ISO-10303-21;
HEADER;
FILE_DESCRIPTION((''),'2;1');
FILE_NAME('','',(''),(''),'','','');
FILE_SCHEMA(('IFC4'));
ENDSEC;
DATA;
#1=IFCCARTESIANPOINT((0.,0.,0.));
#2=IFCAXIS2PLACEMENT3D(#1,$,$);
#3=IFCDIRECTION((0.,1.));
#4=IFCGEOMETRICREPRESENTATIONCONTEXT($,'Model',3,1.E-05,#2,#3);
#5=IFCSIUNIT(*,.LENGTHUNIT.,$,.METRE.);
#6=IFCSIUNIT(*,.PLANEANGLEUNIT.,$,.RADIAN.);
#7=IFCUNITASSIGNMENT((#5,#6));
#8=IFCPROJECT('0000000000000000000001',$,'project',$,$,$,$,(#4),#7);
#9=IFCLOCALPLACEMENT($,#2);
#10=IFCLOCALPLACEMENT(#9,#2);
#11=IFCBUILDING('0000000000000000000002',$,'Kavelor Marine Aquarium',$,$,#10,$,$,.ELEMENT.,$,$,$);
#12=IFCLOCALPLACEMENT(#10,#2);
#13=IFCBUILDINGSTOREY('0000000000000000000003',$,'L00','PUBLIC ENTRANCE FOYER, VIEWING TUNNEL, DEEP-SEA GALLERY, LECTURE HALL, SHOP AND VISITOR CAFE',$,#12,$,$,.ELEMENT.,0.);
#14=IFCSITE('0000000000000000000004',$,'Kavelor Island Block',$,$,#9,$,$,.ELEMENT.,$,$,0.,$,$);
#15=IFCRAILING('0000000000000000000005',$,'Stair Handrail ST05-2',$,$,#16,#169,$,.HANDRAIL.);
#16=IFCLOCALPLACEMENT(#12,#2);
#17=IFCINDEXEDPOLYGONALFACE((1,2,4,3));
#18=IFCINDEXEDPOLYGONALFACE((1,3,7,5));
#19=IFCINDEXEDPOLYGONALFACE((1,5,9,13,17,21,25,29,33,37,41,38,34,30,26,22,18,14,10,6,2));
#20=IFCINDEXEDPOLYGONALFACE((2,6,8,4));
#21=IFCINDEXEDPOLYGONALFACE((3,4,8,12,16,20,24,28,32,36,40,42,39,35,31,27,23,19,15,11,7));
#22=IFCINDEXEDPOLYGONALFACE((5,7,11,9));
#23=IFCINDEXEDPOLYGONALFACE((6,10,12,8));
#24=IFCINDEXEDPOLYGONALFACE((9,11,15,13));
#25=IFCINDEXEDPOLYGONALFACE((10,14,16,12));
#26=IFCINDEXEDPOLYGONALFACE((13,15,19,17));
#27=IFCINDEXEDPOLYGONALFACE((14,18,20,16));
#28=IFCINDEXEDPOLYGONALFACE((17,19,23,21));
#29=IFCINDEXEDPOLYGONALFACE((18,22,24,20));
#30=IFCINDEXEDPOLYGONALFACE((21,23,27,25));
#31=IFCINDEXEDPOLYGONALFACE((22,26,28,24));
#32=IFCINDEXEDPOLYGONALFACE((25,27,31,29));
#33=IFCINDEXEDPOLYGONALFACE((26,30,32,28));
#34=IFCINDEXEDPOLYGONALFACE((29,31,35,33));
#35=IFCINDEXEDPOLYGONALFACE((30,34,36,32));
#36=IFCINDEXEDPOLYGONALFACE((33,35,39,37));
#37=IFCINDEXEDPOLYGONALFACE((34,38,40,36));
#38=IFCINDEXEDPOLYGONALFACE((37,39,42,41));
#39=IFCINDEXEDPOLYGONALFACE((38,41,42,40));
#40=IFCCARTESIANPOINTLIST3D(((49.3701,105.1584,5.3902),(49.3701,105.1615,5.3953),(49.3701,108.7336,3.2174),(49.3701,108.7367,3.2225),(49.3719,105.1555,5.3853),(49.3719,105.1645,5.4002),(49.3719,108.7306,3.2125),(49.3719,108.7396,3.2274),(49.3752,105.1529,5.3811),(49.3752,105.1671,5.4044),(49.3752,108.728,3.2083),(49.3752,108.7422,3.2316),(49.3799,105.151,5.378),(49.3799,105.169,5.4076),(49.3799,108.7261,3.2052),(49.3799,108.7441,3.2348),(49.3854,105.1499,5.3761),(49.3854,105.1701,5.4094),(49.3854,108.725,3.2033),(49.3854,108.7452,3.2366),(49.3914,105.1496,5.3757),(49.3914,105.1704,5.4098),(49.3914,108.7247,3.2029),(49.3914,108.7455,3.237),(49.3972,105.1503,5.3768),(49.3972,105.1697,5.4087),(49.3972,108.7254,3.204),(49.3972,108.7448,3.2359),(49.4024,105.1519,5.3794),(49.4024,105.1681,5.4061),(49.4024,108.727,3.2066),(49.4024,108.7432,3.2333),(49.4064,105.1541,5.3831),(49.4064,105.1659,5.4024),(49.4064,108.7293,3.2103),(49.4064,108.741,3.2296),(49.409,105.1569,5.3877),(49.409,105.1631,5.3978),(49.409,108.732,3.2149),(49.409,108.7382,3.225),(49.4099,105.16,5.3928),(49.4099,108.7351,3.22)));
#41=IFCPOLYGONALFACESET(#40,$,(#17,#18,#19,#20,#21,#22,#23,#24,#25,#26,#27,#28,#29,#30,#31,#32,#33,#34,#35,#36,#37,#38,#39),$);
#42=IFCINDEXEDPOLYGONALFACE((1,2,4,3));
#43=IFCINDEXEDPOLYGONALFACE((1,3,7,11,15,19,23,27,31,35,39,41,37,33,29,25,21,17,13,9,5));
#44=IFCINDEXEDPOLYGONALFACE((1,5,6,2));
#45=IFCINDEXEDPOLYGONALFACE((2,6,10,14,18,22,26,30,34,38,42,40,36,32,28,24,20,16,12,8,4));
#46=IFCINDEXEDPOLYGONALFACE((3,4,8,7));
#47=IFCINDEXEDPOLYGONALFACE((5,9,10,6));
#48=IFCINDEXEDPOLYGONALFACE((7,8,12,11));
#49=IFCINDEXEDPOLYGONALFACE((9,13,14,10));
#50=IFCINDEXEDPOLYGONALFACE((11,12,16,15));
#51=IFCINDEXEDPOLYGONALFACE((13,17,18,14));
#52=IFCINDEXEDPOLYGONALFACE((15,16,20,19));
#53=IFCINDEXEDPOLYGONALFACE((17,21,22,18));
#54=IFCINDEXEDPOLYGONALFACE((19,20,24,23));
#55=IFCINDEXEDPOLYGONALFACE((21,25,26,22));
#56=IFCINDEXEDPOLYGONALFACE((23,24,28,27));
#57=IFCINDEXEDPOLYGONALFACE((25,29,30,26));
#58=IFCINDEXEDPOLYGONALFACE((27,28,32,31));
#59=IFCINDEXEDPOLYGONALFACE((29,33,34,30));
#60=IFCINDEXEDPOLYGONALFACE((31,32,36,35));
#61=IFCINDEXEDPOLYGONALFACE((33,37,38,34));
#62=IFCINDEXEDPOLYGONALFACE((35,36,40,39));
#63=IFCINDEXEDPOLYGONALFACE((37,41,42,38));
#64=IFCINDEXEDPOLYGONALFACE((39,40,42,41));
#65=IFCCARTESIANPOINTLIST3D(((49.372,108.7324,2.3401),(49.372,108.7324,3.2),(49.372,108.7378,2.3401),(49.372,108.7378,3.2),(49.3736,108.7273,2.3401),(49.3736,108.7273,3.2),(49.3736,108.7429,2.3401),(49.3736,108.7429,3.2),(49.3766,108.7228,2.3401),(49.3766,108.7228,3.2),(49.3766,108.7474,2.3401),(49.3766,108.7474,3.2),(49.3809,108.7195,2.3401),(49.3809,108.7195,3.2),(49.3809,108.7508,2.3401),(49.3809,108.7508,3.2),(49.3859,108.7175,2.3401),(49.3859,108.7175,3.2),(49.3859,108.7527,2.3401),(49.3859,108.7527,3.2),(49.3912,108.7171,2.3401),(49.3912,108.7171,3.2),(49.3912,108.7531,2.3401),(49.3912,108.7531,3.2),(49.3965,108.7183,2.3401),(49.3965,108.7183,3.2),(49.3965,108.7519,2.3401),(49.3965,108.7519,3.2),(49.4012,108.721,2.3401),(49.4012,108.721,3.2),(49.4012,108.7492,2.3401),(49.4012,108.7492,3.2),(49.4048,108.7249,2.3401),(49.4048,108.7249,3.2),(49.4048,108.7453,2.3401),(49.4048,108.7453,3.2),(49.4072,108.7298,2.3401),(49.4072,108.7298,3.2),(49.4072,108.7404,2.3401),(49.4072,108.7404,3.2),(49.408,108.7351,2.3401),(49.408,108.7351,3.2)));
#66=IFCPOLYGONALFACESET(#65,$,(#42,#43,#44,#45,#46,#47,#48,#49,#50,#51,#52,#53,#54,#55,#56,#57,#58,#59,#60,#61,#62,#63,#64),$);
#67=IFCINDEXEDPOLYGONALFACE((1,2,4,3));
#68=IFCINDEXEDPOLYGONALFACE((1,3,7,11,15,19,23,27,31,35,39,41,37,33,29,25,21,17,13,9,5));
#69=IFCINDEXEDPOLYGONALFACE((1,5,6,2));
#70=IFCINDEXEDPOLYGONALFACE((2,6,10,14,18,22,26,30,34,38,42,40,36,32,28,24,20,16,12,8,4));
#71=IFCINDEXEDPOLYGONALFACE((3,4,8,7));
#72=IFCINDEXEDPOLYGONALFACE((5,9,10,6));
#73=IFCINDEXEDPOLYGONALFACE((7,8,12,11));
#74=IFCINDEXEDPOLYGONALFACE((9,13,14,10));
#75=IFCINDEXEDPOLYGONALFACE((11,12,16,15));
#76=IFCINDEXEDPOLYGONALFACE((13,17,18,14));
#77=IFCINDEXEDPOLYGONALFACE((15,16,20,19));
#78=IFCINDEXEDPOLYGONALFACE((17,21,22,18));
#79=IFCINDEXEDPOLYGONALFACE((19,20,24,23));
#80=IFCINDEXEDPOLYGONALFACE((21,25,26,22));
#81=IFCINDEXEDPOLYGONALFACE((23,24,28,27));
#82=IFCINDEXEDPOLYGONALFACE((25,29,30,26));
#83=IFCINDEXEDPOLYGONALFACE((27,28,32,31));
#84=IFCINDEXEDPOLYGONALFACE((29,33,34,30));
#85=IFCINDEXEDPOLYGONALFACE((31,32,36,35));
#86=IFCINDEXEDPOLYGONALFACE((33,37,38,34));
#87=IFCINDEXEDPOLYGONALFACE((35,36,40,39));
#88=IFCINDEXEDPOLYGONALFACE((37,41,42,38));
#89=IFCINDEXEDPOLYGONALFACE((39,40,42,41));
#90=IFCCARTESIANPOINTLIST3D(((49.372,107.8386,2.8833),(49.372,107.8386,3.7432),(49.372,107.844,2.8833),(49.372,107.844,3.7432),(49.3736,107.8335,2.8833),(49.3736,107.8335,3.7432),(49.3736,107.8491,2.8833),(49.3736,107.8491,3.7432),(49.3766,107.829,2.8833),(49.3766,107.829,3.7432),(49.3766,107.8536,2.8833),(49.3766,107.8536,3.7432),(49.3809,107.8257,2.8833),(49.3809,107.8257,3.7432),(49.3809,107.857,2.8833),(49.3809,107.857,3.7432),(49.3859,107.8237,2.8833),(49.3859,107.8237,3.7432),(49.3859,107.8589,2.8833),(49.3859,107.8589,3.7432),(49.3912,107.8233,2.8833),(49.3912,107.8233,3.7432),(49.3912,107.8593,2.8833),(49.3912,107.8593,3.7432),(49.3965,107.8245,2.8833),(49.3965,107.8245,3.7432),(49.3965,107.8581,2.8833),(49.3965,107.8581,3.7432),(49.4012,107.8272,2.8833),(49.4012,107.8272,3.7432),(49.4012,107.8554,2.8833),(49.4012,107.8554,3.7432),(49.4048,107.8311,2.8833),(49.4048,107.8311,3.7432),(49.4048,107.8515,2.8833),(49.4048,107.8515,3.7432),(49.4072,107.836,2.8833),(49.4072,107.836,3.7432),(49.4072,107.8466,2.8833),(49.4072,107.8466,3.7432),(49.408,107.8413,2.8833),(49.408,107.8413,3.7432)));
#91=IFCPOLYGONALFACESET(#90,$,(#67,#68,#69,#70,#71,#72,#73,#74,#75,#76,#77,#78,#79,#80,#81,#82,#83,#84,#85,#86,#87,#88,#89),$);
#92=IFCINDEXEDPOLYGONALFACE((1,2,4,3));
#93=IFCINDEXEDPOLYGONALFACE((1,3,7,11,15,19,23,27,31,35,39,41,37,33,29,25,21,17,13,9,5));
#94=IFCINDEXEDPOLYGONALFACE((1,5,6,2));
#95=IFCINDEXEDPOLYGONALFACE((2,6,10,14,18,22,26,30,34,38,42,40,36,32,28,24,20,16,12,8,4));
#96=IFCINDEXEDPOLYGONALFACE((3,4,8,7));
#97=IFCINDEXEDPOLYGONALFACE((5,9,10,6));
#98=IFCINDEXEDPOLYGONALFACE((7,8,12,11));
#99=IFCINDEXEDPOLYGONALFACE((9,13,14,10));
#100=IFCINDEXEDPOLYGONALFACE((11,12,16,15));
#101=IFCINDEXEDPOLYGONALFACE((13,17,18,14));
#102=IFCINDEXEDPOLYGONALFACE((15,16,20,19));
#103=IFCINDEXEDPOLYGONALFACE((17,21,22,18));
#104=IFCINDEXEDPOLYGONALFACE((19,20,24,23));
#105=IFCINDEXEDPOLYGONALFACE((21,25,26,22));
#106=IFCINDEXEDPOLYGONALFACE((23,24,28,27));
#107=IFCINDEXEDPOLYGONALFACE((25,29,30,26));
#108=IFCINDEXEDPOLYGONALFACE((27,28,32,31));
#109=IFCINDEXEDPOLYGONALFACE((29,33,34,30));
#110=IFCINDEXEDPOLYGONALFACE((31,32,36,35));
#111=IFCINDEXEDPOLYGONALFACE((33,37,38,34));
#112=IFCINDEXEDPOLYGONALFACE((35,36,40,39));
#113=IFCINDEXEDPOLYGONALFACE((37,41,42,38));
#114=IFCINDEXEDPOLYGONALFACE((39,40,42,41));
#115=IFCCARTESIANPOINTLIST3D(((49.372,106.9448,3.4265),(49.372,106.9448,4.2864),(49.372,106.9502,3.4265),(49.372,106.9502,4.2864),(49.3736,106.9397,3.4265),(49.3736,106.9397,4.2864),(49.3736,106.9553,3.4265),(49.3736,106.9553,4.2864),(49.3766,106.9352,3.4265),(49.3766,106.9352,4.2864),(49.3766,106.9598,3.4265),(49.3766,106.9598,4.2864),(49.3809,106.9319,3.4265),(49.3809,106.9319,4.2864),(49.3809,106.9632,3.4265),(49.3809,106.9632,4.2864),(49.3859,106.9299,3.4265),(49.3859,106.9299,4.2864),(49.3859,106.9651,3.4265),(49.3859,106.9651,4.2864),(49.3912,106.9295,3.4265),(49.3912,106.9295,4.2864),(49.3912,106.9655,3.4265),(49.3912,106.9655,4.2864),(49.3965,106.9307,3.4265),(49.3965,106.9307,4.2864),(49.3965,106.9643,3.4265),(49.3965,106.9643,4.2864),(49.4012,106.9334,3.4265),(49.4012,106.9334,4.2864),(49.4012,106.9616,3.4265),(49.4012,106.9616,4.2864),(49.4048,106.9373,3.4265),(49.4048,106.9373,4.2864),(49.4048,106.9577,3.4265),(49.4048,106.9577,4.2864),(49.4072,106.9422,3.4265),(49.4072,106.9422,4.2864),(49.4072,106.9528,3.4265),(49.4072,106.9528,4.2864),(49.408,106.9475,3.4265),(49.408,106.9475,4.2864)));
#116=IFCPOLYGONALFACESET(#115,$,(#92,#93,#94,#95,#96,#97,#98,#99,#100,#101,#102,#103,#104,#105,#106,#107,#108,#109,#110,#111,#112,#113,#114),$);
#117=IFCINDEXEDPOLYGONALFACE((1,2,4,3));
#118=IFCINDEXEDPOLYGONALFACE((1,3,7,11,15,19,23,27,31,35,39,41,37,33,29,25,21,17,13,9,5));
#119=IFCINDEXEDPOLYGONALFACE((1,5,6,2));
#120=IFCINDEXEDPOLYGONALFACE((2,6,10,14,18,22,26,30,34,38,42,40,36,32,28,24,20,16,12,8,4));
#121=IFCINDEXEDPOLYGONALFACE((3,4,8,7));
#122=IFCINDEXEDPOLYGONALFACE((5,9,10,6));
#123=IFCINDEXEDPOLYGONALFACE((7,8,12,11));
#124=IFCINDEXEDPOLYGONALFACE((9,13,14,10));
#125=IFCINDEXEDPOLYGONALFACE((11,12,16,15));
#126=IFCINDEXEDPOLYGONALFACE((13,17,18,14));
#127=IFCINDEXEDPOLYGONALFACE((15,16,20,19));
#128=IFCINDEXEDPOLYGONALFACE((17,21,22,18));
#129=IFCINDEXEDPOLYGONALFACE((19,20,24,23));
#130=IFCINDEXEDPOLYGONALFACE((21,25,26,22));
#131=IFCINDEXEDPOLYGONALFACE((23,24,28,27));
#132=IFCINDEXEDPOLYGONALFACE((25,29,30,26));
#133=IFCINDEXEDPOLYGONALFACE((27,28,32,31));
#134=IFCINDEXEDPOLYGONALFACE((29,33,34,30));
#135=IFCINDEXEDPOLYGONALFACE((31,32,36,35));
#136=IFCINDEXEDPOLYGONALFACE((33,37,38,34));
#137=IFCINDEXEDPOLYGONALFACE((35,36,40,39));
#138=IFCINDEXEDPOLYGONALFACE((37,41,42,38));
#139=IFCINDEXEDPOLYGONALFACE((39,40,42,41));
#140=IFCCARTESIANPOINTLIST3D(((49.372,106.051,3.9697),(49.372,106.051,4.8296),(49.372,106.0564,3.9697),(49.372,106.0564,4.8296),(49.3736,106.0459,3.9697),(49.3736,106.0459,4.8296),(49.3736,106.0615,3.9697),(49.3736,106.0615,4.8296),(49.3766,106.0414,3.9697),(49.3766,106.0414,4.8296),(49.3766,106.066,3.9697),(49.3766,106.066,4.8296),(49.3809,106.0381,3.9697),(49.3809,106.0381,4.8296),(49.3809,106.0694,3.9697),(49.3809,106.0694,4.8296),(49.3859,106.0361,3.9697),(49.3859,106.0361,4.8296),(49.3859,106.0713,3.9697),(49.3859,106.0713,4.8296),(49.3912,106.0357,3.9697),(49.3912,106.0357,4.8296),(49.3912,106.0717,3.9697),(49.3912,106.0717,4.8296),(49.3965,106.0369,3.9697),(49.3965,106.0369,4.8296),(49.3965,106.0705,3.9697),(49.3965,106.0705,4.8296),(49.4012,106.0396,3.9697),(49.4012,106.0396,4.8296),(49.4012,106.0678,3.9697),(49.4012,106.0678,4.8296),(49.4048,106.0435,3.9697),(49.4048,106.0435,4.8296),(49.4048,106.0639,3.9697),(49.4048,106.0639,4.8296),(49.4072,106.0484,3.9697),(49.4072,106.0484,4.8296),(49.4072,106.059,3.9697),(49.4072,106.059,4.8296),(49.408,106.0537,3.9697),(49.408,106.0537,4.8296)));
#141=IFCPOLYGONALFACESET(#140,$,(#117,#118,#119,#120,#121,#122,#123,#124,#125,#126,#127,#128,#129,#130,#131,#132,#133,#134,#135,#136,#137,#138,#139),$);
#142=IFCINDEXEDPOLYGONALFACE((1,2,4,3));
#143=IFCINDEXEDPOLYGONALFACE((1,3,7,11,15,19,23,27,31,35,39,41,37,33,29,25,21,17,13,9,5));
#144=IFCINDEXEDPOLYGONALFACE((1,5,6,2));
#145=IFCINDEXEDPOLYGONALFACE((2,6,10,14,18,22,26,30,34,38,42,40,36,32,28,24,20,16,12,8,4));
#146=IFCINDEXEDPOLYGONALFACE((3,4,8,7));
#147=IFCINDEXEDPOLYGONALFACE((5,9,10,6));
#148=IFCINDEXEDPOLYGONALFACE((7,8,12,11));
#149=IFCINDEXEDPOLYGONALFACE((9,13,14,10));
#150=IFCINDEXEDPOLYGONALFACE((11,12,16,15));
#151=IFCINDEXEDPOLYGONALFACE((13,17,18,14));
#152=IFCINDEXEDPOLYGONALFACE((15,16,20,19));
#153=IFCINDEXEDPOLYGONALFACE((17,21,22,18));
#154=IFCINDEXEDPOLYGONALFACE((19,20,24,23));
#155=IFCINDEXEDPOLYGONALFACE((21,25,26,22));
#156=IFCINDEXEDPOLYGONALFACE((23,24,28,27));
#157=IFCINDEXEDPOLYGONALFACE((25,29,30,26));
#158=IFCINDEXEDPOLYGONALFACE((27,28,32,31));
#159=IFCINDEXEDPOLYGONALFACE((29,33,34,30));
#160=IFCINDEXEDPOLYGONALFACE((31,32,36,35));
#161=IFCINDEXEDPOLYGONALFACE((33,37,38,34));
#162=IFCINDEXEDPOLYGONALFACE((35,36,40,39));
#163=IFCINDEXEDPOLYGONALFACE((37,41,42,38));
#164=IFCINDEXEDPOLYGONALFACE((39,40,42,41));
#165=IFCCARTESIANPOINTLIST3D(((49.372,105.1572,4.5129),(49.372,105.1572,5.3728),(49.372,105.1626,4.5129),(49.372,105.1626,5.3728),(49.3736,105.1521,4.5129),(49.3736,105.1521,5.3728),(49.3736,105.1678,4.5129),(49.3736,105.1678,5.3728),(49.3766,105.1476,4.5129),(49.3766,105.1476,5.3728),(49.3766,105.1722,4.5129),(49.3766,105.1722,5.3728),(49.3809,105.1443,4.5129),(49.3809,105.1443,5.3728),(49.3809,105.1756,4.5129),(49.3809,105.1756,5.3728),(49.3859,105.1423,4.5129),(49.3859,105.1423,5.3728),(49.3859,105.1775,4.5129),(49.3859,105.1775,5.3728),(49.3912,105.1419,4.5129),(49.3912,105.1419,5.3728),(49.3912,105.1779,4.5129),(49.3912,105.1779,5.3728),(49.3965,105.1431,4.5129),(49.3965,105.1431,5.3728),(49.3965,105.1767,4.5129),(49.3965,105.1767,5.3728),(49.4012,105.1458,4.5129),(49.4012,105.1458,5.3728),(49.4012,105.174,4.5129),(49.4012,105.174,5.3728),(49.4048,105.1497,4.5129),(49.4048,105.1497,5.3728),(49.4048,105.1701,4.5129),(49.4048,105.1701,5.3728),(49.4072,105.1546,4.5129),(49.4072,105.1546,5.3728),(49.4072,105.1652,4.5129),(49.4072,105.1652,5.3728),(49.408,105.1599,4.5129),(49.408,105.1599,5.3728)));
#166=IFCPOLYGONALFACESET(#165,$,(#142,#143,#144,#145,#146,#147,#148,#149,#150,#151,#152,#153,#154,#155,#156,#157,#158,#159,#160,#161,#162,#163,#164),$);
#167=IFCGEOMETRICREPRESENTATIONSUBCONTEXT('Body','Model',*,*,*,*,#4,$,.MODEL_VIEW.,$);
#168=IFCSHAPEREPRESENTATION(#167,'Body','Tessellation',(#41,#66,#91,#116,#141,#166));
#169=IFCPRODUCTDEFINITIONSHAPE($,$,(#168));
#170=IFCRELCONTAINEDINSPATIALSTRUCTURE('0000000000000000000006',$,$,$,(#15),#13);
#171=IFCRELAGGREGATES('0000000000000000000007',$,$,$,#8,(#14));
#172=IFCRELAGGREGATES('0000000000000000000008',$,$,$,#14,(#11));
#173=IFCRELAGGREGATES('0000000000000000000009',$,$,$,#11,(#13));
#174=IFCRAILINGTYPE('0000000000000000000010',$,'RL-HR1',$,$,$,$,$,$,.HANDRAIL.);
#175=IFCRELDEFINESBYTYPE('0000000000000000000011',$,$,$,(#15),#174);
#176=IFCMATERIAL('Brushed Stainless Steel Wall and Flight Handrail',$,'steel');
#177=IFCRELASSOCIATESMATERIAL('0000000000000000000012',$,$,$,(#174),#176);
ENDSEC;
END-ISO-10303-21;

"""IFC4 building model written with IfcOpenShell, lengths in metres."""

from ifc_helpers import new_model, si_unit, direction, frame, origin, origin_2d, place, context, subcontext, project, spatial, circle, extrude, material, type_object, element, save


model = new_model("IFC4")

# Units and contexts
model_context = context("Model", 3, precision=1e-05, world=origin(), true_north=direction((0.0, 1.0)))
body_context = subcontext(model_context, "Body", "Model", "MODEL_VIEW")
ifc_project = project(units=[si_unit("LENGTHUNIT", "METRE"), si_unit("PLANEANGLEUNIT", "RADIAN")], contexts=[model_context])

# Site, building, storey
site_placement = place(None, origin())
site = spatial("IfcSite", under=ifc_project, at=site_placement, Name="Kavelor Island Block", CompositionType="ELEMENT", RefElevation=0.0)
building_placement = place(site_placement, origin())
building = spatial("IfcBuilding", under=site, at=building_placement, Name="Kavelor Marine Aquarium", CompositionType="ELEMENT")
storey_placement = place(building_placement, origin())
storey = spatial("IfcBuildingStorey", under=building, at=storey_placement, Name="L00", Description="PUBLIC ENTRANCE FOYER, VIEWING TUNNEL, DEEP-SEA GALLERY, LECTURE HALL, SHOP AND VISITOR CAFE", CompositionType="ELEMENT", Elevation=0.0)

# Railing
ifc_material_1 = material(Name="Brushed Stainless Steel Wall and Flight Handrail", Category="steel")
railing_type_1 = type_object("IfcRailingType", Name="RL-HR1", PredefinedType="HANDRAIL", material=ifc_material_1)
railing_1_placement = place(storey_placement, frame((49.3899, 108.7351, 2.3401)))
element("IfcRailing", 1, at=railing_1_placement, inside=storey, type_object=railing_type_1, Name="Stair Handrail ST05-2", PredefinedType="HANDRAIL", context=body_context, shape_type="SweptSolid", body=[
    extrude(circle(Radius=0.02, at=origin_2d()), frame((0.0, 0.0, 0.8799), z_axis=(0.0, -0.854554, 0.519362), x_axis=(1.0, 0.0, 0.0)), (0.0, 0.0, 1.0), 4.1836),
    extrude(circle(Radius=0.0181, at=origin_2d()), origin(), (0.0, 0.0, 1.0), 0.8599),
    extrude(circle(Radius=0.0181, at=origin_2d()), frame((0.0, -0.8938, 0.5432)), (0.0, 0.0, 1.0), 0.8599),
    extrude(circle(Radius=0.0181, at=origin_2d()), frame((0.0, -1.7876, 1.0864)), (0.0, 0.0, 1.0), 0.8599),
    extrude(circle(Radius=0.0181, at=origin_2d()), frame((0.0, -2.6814, 1.6296)), (0.0, 0.0, 1.0), 0.8599),
    extrude(circle(Radius=0.0181, at=origin_2d()), frame((0.0, -3.5752, 2.1729)), (0.0, 0.0, 1.0), 0.8599),
])

save(model, "model.ifc")
